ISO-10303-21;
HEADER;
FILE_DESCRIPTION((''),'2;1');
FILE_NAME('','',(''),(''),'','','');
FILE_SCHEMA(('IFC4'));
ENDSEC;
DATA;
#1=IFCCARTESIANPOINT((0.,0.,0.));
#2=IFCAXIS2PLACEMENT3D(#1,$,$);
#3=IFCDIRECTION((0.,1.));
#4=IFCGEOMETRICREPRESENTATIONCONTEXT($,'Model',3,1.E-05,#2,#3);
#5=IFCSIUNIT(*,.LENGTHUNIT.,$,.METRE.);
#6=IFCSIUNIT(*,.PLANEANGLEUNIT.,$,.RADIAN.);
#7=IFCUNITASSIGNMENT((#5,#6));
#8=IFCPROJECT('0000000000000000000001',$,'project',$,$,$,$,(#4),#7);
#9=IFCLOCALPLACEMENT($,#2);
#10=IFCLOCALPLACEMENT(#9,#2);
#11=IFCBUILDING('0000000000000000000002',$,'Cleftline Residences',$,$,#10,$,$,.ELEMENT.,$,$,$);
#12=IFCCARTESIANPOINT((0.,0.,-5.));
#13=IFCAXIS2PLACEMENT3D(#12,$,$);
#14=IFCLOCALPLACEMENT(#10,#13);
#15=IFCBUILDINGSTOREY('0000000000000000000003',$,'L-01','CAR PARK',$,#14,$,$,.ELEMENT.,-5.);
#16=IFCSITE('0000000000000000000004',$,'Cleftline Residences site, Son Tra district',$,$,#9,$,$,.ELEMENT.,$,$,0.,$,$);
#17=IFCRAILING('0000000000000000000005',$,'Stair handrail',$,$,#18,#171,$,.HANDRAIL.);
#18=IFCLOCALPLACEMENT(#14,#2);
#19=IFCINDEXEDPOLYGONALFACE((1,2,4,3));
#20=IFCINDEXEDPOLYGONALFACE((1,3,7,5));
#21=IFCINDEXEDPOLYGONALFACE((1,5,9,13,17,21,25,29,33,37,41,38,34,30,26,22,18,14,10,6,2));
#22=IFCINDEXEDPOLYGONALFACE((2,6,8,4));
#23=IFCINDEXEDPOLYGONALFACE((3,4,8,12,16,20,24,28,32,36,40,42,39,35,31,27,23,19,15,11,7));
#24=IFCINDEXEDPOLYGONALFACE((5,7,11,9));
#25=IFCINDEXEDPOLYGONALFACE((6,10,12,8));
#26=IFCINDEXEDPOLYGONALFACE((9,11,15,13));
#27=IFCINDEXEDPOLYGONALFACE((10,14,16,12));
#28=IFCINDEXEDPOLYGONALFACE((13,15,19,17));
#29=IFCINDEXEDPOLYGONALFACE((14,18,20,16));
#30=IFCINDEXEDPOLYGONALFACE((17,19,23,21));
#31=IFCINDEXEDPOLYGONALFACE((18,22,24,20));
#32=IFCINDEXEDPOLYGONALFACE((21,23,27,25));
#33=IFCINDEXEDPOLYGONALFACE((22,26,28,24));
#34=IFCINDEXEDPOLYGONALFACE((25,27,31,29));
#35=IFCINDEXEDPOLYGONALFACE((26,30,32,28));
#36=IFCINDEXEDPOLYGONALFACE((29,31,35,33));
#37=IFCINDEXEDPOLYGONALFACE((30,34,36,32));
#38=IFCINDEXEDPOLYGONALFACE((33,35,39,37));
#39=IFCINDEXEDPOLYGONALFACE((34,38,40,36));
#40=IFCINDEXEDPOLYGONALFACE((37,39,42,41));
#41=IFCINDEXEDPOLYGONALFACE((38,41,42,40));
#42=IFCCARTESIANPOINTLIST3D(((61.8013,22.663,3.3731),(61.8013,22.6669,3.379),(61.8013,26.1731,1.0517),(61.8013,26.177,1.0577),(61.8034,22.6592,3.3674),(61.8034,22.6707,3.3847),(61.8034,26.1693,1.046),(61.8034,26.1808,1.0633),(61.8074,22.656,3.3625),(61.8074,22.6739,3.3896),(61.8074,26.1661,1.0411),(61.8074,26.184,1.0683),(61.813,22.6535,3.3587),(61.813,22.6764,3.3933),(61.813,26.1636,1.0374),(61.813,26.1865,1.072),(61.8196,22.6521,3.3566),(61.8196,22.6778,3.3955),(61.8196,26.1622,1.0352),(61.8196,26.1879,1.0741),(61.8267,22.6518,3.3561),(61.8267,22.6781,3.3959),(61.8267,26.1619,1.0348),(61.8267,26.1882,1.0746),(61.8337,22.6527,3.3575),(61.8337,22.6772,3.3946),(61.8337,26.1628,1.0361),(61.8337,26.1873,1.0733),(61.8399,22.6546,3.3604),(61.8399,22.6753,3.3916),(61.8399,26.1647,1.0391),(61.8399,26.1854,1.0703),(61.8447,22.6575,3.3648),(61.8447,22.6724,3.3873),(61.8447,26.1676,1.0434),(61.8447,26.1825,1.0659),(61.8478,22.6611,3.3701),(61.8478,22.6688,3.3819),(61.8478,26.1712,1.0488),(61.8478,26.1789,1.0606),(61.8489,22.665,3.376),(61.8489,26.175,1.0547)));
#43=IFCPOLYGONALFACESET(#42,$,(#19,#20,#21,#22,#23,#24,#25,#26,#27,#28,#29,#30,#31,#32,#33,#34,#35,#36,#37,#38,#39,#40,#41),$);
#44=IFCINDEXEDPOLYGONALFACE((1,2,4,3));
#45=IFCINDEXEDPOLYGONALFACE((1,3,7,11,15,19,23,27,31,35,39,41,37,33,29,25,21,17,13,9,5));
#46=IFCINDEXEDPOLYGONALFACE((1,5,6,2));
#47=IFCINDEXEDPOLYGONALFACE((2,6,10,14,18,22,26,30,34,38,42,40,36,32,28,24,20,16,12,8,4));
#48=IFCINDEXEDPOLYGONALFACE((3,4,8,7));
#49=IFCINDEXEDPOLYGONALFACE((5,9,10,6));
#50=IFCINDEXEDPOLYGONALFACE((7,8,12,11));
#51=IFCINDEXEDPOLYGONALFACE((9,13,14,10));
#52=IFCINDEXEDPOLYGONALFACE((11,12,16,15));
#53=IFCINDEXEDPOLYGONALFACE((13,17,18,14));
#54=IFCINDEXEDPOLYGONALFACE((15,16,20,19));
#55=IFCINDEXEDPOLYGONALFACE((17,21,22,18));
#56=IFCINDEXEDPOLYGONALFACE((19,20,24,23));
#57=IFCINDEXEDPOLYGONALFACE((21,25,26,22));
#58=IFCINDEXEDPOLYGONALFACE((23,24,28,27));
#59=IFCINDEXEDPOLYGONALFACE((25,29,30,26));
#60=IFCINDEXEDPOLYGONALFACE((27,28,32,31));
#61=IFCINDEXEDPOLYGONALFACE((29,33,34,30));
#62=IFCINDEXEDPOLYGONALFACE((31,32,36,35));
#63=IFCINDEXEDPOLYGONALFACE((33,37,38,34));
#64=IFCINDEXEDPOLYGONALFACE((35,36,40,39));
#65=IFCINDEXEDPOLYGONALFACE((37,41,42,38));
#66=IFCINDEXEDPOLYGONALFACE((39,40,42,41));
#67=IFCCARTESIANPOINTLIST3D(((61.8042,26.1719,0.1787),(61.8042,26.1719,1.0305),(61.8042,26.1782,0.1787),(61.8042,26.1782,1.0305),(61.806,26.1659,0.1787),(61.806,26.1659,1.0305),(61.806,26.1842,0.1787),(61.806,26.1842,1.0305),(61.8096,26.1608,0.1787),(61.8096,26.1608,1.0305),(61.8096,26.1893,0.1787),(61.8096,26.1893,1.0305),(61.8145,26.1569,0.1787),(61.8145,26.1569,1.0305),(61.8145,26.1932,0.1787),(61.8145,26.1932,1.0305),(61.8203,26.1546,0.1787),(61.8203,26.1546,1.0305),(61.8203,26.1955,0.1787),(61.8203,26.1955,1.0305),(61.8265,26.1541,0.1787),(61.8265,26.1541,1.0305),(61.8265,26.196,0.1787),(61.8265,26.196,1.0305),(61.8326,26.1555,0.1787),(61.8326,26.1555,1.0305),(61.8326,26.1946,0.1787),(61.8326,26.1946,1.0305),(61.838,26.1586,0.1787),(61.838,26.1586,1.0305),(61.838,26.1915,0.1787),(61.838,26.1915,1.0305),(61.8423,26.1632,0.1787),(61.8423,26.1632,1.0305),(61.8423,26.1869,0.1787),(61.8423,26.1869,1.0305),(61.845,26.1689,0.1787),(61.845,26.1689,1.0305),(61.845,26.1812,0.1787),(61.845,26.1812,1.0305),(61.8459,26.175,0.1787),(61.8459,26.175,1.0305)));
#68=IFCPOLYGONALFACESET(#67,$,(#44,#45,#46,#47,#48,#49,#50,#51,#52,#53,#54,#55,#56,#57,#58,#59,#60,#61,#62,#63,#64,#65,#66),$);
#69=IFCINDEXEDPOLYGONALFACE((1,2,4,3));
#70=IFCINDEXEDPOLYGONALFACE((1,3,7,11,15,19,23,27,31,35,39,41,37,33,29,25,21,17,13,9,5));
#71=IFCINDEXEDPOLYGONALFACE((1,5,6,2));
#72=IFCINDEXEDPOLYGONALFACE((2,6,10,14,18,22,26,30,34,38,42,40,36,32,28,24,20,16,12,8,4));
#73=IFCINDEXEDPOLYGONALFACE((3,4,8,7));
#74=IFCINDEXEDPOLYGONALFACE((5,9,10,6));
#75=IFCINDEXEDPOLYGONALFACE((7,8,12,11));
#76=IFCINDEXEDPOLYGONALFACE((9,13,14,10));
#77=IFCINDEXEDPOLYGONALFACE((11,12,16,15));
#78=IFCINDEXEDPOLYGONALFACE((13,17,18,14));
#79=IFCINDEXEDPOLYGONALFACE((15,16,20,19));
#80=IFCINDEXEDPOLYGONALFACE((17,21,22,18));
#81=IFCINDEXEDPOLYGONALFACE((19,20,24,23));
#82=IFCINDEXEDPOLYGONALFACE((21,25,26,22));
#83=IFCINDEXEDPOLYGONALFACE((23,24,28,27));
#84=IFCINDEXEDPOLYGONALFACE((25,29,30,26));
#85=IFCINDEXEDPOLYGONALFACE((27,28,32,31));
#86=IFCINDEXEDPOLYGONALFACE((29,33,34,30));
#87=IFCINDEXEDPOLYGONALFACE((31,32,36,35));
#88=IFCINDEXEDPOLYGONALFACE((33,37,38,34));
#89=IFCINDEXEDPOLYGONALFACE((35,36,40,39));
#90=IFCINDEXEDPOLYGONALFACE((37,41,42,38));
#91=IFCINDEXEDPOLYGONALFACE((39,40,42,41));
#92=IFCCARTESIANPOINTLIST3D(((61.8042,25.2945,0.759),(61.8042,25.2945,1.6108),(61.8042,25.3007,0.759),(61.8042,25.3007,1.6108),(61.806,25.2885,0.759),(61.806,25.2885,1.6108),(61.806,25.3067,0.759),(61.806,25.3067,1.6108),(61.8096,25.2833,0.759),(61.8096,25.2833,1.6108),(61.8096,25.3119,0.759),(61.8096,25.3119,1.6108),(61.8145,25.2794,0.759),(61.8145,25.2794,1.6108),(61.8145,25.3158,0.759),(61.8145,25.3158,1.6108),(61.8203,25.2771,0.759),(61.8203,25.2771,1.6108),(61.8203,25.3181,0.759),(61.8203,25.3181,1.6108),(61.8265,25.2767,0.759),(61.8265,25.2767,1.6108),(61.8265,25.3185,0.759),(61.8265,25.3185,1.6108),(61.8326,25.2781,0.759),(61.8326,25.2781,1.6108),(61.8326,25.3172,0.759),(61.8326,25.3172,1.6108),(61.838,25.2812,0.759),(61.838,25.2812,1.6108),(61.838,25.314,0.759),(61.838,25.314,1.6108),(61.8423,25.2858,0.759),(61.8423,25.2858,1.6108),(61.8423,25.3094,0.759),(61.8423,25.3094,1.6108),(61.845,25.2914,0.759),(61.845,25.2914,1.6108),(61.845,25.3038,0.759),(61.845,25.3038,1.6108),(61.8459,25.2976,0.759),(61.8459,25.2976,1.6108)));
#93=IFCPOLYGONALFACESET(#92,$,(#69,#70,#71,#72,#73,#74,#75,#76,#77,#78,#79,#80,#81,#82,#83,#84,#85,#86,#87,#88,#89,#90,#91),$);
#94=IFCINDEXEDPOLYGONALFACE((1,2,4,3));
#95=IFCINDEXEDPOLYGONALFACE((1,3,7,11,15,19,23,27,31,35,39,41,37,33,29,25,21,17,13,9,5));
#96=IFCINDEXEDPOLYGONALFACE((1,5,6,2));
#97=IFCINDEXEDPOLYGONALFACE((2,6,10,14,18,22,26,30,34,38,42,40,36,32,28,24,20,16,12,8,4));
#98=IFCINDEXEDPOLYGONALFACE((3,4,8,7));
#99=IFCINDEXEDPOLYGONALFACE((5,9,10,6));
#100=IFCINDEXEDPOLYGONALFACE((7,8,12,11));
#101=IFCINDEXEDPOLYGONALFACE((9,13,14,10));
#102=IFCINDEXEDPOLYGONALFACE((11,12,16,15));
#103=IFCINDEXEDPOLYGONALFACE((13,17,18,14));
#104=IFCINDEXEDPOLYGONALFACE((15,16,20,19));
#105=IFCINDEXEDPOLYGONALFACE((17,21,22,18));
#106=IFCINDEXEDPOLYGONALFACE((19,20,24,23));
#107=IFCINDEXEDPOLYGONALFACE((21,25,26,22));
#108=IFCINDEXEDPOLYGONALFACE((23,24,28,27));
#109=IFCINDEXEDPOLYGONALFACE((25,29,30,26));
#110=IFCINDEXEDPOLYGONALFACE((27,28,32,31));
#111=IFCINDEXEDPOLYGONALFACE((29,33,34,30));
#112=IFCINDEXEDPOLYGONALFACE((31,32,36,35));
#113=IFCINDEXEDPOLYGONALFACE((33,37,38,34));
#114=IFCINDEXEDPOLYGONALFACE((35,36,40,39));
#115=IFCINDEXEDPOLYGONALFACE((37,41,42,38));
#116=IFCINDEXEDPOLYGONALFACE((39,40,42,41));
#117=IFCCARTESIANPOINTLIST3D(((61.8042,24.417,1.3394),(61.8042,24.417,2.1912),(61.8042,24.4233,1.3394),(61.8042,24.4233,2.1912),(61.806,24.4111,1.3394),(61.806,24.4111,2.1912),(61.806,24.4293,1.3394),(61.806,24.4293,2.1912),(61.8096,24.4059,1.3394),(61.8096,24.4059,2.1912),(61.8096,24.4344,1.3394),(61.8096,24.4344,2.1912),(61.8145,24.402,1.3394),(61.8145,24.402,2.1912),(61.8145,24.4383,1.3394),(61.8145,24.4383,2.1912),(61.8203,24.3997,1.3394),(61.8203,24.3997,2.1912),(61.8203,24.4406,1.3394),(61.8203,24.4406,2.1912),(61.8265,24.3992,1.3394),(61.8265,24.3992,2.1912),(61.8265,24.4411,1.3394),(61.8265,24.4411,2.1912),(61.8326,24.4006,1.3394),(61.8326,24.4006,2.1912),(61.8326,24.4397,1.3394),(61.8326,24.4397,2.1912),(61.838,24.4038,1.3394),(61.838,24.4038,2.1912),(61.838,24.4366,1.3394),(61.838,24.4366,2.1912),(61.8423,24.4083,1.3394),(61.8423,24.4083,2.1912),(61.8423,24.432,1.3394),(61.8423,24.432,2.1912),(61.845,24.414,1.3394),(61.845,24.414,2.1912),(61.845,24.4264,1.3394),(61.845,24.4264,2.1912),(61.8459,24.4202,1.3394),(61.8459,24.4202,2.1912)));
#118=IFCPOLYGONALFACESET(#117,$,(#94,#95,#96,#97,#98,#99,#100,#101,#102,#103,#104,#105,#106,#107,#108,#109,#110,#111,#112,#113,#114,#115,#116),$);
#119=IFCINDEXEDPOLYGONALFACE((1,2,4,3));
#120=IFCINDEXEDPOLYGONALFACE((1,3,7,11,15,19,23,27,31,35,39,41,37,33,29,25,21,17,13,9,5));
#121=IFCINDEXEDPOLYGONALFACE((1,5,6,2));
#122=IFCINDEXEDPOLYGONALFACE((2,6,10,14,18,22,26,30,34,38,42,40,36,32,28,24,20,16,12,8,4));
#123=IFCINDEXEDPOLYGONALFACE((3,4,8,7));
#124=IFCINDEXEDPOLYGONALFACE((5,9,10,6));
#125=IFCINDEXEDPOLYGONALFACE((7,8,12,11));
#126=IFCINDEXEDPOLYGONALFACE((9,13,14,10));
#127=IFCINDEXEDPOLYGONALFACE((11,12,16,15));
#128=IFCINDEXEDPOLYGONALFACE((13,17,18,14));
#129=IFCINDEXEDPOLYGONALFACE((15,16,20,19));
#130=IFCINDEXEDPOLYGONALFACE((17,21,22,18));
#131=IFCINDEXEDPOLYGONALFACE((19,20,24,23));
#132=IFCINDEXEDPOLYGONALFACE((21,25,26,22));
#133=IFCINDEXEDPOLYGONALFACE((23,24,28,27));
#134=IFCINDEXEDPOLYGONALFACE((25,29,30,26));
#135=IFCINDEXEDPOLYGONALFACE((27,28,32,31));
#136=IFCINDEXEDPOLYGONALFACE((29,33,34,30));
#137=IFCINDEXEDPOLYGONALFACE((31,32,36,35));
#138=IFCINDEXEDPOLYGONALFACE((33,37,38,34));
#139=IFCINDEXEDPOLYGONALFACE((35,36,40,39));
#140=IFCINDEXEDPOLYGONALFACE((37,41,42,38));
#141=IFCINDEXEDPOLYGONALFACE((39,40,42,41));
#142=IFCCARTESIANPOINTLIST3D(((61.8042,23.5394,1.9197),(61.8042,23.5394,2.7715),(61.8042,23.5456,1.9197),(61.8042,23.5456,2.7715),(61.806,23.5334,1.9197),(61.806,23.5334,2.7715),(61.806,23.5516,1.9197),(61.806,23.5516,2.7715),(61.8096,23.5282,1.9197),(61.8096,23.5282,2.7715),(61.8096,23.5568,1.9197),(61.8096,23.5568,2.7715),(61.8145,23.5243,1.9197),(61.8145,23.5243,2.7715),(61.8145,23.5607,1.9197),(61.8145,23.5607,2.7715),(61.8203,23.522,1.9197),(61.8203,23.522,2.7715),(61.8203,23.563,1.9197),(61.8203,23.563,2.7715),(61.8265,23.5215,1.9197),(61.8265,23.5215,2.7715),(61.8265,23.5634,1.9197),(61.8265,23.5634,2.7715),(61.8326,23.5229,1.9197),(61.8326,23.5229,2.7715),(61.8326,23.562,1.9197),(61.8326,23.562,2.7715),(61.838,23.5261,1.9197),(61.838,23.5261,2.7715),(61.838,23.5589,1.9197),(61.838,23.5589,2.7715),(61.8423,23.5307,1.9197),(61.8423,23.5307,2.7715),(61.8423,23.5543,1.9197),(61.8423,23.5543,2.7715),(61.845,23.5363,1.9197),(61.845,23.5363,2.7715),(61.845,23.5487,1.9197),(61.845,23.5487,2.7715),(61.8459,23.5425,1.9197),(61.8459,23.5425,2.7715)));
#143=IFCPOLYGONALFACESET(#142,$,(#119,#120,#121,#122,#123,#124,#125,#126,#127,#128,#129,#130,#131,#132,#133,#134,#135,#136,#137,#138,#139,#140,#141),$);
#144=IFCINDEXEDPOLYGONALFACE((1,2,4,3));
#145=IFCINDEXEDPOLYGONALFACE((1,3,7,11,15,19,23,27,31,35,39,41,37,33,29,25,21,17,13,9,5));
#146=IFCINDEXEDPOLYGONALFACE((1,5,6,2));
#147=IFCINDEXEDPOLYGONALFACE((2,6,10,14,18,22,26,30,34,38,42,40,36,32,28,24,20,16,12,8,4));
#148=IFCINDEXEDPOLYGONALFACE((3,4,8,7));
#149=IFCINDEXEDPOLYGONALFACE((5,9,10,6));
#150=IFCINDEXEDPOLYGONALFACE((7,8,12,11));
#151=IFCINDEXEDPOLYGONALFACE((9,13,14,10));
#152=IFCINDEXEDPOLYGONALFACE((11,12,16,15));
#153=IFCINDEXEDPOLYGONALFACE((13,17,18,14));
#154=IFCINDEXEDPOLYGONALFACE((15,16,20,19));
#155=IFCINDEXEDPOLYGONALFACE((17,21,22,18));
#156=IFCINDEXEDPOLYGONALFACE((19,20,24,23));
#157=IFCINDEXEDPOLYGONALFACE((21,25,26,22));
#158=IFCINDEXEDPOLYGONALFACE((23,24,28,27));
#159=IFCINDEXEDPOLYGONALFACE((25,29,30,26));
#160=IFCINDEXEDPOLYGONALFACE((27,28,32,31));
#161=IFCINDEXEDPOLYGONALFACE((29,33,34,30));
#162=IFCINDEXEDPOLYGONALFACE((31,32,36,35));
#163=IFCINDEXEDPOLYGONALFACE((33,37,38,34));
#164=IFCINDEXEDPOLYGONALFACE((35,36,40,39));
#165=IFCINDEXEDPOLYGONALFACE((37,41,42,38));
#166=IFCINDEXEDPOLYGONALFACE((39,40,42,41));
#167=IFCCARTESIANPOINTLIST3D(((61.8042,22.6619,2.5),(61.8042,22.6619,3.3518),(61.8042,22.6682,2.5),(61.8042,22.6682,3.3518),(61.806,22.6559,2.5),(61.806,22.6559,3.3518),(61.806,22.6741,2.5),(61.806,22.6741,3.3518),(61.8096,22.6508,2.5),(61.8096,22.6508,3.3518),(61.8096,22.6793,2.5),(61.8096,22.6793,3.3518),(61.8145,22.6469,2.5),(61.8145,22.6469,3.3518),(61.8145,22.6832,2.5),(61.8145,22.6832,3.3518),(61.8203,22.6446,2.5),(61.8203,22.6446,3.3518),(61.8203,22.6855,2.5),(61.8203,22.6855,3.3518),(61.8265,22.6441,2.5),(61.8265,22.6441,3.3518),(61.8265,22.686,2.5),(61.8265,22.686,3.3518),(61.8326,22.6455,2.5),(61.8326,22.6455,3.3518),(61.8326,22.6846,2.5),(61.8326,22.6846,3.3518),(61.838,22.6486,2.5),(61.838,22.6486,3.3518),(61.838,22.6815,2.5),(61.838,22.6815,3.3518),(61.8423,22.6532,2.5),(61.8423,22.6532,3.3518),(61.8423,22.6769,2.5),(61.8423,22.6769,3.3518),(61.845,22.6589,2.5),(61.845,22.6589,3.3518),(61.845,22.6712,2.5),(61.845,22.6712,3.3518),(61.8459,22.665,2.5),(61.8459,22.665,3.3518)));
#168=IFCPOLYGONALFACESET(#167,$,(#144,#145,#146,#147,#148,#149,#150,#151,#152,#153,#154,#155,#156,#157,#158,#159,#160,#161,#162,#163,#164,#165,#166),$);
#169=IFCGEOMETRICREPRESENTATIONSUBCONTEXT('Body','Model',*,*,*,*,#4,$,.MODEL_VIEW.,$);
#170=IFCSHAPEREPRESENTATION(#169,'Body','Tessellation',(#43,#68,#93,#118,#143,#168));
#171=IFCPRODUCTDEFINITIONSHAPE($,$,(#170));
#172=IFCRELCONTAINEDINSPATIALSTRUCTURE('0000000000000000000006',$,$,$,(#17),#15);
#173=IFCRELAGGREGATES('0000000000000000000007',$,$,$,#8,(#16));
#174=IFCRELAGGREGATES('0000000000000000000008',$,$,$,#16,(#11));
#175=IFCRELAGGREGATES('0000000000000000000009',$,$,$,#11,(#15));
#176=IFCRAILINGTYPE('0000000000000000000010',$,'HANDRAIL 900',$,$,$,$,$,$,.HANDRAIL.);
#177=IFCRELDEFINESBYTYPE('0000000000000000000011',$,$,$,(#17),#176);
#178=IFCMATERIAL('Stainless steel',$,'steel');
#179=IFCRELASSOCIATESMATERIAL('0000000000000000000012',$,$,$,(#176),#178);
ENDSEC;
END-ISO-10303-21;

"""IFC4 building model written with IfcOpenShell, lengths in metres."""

from ifc_helpers import new_model, si_unit, direction, frame, origin, origin_2d, place, context, subcontext, project, spatial, circle, extrude, material, type_object, element, save


model = new_model("IFC4")

# Units and contexts
model_context = context("Model", 3, precision=1e-05, world=origin(), true_north=direction((0.0, 1.0)))
body_context = subcontext(model_context, "Body", "Model", "MODEL_VIEW")
ifc_project = project(units=[si_unit("LENGTHUNIT", "METRE"), si_unit("PLANEANGLEUNIT", "RADIAN")], contexts=[model_context])

# Site, building, storey
site_placement = place(None, origin())
site = spatial("IfcSite", under=ifc_project, at=site_placement, Name="Cleftline Residences site, Son Tra district", CompositionType="ELEMENT", RefElevation=0.0)
building_placement = place(site_placement, origin())
building = spatial("IfcBuilding", under=site, at=building_placement, Name="Cleftline Residences", CompositionType="ELEMENT")
storey_placement = place(building_placement, frame((0.0, 0.0, -5.0)))
storey = spatial("IfcBuildingStorey", under=building, at=storey_placement, Name="L-01", Description="CAR PARK", CompositionType="ELEMENT", Elevation=-5.0)

# Railing
ifc_material_1 = material(Name="Stainless steel", Category="steel")
railing_type = type_object("IfcRailingType", Name="HANDRAIL 900", PredefinedType="HANDRAIL", material=ifc_material_1)
railing_1_placement = place(storey_placement, frame((61.825, 26.175, 0.1787)))
element("IfcRailing", 1, at=railing_1_placement, inside=storey, type_object=railing_type, Name="Stair handrail", PredefinedType="HANDRAIL", context=body_context, shape_type="SweptSolid", body=[
    extrude(circle(Radius=0.0239, at=origin_2d()), frame((0.0, 0.0, 0.876), z_axis=(0.0, -0.834097, 0.551617), x_axis=(1.0, 0.0, 0.0)), (0.0, 0.0, 1.0), 4.2083),
    extrude(circle(Radius=0.021, at=origin_2d()), origin(), (0.0, 0.0, 1.0), 0.8518),
    extrude(circle(Radius=0.021, at=origin_2d()), frame((0.0, -0.8774, 0.5803)), (0.0, 0.0, 1.0), 0.8518),
    extrude(circle(Radius=0.021, at=origin_2d()), frame((0.0, -1.7549, 1.1606)), (0.0, 0.0, 1.0), 0.8518),
    extrude(circle(Radius=0.021, at=origin_2d()), frame((0.0, -2.6326, 1.741)), (0.0, 0.0, 1.0), 0.8518),
    extrude(circle(Radius=0.021, at=origin_2d()), frame((0.0, -3.51, 2.3213)), (0.0, 0.0, 1.0), 0.8518),
])

save(model, "model.ifc")
